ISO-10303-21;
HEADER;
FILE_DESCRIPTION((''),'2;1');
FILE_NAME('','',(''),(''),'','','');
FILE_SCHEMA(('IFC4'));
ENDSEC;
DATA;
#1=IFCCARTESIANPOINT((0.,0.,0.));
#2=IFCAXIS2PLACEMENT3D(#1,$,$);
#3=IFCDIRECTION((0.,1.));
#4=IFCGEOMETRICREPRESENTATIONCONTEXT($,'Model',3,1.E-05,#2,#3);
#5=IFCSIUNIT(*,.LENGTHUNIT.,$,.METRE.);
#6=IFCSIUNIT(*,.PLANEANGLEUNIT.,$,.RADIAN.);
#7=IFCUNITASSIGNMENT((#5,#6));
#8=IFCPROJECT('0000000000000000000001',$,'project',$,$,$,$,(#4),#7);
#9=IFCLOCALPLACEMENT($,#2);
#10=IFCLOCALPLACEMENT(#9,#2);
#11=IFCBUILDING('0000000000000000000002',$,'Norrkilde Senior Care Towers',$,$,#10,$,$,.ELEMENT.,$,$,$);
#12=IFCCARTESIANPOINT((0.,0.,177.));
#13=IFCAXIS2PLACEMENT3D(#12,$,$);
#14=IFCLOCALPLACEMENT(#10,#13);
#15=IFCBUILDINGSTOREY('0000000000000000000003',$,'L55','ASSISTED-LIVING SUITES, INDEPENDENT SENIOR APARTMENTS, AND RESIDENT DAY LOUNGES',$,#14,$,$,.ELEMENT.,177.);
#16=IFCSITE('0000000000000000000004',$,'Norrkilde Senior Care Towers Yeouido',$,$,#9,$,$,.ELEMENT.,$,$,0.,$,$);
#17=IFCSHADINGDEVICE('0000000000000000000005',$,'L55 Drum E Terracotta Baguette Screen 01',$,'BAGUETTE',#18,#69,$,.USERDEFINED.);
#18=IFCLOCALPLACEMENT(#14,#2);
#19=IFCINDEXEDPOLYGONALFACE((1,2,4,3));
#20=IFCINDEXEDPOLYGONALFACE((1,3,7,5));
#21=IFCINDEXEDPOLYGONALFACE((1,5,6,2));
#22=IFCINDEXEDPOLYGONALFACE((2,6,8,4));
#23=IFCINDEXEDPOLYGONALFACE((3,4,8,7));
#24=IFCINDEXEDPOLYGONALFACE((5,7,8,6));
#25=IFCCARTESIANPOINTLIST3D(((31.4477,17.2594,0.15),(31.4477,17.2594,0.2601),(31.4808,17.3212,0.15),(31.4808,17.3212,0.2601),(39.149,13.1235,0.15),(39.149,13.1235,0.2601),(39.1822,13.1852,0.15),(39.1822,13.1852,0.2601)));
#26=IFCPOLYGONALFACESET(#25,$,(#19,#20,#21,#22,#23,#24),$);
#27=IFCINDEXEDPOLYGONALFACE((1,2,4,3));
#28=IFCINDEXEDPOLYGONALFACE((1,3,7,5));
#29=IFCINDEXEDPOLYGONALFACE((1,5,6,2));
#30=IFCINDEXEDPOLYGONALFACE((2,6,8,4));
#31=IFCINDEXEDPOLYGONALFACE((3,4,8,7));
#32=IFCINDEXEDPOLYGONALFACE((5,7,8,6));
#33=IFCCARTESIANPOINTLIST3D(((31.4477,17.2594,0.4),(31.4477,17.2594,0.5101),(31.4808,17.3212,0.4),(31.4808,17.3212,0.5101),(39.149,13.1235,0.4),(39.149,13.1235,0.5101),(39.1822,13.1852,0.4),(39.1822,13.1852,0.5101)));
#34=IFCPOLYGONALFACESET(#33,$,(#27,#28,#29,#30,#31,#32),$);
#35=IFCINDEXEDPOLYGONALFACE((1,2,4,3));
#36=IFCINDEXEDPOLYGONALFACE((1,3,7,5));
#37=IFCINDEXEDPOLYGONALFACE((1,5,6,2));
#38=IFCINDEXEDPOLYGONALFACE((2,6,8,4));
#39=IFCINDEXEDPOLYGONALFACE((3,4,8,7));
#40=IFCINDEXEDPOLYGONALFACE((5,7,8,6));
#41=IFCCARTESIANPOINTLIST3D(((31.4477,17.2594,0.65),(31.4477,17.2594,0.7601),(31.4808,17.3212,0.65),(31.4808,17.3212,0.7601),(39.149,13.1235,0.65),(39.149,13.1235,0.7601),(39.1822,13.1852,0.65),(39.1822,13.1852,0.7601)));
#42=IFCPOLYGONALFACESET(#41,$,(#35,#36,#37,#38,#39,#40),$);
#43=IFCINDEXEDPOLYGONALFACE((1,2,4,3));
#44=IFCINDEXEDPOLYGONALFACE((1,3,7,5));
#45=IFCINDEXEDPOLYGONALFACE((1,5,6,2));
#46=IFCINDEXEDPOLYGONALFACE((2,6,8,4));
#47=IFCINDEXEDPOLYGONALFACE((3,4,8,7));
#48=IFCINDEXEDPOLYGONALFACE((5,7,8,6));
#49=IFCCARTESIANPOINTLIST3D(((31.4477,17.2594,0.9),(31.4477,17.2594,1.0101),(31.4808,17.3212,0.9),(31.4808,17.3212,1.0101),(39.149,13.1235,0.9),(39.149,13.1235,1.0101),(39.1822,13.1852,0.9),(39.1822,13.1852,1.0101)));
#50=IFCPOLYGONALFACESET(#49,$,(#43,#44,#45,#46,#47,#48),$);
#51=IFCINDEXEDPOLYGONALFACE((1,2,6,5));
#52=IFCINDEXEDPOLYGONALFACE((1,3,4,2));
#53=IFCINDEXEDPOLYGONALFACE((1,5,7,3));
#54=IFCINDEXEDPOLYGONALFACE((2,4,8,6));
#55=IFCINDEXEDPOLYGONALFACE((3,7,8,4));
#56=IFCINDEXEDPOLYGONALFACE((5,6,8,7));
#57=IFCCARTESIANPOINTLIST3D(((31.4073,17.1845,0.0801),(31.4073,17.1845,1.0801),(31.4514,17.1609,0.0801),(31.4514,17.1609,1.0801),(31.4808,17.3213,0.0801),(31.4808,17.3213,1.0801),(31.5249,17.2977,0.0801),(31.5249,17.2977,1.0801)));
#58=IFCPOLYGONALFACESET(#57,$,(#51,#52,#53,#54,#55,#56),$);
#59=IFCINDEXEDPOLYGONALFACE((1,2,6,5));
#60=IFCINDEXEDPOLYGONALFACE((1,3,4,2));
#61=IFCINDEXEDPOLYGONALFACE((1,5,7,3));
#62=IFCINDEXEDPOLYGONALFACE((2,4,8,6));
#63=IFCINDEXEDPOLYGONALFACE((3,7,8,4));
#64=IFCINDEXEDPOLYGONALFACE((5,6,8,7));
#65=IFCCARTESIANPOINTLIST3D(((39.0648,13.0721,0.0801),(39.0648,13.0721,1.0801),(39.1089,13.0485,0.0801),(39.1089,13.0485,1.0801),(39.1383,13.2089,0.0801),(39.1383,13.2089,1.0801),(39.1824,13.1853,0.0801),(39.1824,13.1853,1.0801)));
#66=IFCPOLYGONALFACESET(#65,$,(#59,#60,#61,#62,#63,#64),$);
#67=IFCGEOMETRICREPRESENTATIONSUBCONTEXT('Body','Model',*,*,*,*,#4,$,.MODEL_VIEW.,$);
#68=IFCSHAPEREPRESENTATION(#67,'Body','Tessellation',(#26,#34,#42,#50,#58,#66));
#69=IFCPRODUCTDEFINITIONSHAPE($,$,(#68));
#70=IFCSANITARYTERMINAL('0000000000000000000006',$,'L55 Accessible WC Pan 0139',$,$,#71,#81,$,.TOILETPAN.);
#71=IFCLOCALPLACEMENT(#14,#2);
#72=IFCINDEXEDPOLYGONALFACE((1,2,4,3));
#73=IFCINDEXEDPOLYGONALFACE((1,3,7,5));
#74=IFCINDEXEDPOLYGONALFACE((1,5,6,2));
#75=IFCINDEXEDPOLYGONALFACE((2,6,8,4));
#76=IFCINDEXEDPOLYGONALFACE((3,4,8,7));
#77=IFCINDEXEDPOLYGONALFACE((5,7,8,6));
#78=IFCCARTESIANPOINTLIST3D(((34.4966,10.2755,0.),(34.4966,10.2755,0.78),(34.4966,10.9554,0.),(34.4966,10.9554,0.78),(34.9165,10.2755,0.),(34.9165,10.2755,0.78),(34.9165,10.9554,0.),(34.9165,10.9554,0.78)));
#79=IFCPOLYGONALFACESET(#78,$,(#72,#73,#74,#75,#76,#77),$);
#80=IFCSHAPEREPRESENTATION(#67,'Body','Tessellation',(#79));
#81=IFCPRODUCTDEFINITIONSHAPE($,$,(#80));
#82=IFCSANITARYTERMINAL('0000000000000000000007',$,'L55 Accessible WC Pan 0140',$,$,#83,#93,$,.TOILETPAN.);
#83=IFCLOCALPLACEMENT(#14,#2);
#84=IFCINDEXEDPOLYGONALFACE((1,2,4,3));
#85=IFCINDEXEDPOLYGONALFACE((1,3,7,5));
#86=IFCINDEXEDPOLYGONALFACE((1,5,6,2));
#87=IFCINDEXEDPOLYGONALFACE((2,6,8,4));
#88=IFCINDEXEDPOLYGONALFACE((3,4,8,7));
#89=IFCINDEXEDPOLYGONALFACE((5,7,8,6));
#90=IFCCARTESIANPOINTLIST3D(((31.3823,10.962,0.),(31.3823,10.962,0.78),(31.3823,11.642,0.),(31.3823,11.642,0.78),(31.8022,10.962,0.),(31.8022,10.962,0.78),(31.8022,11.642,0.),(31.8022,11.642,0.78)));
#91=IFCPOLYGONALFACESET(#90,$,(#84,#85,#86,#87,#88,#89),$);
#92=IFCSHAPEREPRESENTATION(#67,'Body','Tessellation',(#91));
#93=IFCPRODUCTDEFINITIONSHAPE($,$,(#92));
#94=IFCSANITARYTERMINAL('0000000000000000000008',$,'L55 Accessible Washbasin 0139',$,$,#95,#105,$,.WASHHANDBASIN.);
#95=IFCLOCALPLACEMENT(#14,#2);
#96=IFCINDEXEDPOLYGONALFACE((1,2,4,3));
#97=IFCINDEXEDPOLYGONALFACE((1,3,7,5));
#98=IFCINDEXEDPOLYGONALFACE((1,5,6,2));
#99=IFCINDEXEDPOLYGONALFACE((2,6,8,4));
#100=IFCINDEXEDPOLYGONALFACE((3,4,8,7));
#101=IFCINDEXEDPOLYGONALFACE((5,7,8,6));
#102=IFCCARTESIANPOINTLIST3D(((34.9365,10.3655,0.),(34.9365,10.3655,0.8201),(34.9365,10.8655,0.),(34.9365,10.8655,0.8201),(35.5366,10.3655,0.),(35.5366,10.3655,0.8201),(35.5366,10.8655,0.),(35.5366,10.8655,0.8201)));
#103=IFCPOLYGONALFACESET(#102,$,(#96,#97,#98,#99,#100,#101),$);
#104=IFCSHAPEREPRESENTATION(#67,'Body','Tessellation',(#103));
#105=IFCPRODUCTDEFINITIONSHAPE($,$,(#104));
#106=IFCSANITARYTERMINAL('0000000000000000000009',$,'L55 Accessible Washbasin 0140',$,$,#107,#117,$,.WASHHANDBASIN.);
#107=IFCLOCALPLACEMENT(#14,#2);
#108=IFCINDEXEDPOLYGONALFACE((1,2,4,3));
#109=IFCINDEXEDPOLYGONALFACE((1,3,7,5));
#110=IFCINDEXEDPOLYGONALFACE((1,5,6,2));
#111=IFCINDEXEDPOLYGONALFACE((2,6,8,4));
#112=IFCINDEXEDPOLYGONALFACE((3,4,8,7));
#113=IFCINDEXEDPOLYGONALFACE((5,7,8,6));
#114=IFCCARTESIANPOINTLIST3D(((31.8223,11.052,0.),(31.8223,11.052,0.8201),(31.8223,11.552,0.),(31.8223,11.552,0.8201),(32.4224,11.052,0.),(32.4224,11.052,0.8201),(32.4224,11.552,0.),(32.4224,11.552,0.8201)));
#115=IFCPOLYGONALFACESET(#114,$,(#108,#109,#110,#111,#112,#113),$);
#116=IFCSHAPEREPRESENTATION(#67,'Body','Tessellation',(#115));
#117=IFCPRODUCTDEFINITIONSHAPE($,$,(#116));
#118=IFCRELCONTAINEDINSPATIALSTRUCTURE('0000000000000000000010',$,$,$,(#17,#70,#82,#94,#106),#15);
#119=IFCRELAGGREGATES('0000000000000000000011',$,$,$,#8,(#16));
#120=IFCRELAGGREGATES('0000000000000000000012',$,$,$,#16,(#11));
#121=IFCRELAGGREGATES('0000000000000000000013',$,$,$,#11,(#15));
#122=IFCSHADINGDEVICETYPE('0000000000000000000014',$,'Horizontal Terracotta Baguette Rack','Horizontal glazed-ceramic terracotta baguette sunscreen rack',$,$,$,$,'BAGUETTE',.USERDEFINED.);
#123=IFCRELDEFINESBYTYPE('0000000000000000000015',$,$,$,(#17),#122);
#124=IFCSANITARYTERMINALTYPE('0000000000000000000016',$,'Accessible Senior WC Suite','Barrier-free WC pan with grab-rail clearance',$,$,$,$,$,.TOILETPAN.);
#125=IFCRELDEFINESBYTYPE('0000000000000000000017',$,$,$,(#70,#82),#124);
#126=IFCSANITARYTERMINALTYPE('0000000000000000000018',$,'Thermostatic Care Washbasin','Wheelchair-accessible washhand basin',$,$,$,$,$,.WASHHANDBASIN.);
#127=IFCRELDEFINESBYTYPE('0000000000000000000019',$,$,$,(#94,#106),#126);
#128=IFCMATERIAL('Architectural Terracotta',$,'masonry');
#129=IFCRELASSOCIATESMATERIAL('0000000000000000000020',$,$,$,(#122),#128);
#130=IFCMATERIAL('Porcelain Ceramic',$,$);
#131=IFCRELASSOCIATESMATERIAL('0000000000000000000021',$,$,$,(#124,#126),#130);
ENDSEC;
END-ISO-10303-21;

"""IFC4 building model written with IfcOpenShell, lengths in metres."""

from ifc_helpers import new_model, si_unit, direction, frame, origin, origin_2d, place, context, subcontext, project, spatial, rectangle, extrude, source, transform, mapped, material, type_object, type_shapes, element, save


model = new_model("IFC4")

# Units and contexts
model_context = context("Model", 3, precision=1e-05, world=origin(), true_north=direction((0.0, 1.0)))
body_context = subcontext(model_context, "Body", "Model", "MODEL_VIEW")
ifc_project = project(units=[si_unit("LENGTHUNIT", "METRE"), si_unit("PLANEANGLEUNIT", "RADIAN")], contexts=[model_context])

# Site, building, storey
site_placement = place(None, origin())
site = spatial("IfcSite", under=ifc_project, at=site_placement, Name="Norrkilde Senior Care Towers Yeouido", CompositionType="ELEMENT", RefElevation=0.0)
building_placement = place(site_placement, origin())
building = spatial("IfcBuilding", under=site, at=building_placement, Name="Norrkilde Senior Care Towers", CompositionType="ELEMENT")
storey_placement = place(building_placement, frame((0.0, 0.0, 177.0)))
storey = spatial("IfcBuildingStorey", under=building, at=storey_placement, Name="L55", Description="ASSISTED-LIVING SUITES, INDEPENDENT SENIOR APARTMENTS, AND RESIDENT DAY LOUNGES", CompositionType="ELEMENT", Elevation=177.0)

# Shading device
ifc_material_1 = material(Name="Architectural Terracotta", Category="masonry")
shading_device_type = type_object("IfcShadingDeviceType", Name="Horizontal Terracotta Baguette Rack", Description="Horizontal glazed-ceramic terracotta baguette sunscreen rack", ElementType="BAGUETTE", PredefinedType="USERDEFINED", material=ifc_material_1)
shared_shape_1 = source(origin(), body_context, "Body", "SweptSolid", [
    extrude(rectangle(XDim=0.0701, YDim=0.1101, at=origin_2d()), frame((0.0, 0.0901, 0.125), z_axis=(1.0, 0.0, 0.0), x_axis=(0.0, 1.0, 0.0)), (0.0, 0.0, 1.0), 8.7417),
    extrude(rectangle(XDim=0.0701, YDim=0.1101, at=origin_2d()), frame((0.0, 0.0901, 0.375), z_axis=(1.0, 0.0, 0.0), x_axis=(0.0, 1.0, 0.0)), (0.0, 0.0, 1.0), 8.7417),
    extrude(rectangle(XDim=0.0701, YDim=0.1101, at=origin_2d()), frame((0.0, 0.0901, 0.625), z_axis=(1.0, 0.0, 0.0), x_axis=(0.0, 1.0, 0.0)), (0.0, 0.0, 1.0), 8.7417),
    extrude(rectangle(XDim=0.0701, YDim=0.1101, at=origin_2d()), frame((0.0, 0.0901, 0.875), z_axis=(1.0, 0.0, 0.0), x_axis=(0.0, 1.0, 0.0)), (0.0, 0.0, 1.0), 8.7417),
    extrude(rectangle(XDim=0.05, YDim=0.1553, at=origin_2d()), frame((0.0249, 0.0476, 0.0)), (0.0, 0.0, 1.0), 1.0),
    extrude(rectangle(XDim=0.05, YDim=0.1553, at=origin_2d()), frame((8.7168, 0.0476, 0.0)), (0.0, 0.0, 1.0), 1.0),
])
type_shapes(shading_device_type, [shared_shape_1])
shading_device_placement = place(storey_placement, frame((31.4216, 17.2109, 0.0801), z_axis=(0.0, 0.0, 1.0), x_axis=(0.880998, -0.473133, 0.0)))
element("IfcShadingDevice", 1, at=shading_device_placement, inside=storey, type_object=shading_device_type, Name="L55 Drum E Terracotta Baguette Screen 01", ObjectType="BAGUETTE", PredefinedType="USERDEFINED", context=body_context, shape_type="MappedRepresentation", body=[
    mapped(shared_shape_1, transform((0.0, 0.0, 0.0), x_axis=(1.0, 0.0, 0.0), y_axis=(0.0, 1.0, 0.0), z_axis=(0.0, 0.0, 1.0), scale=1.0)),
])

# Sanitary terminals
ifc_material_2 = material(Name="Porcelain Ceramic")
sanitary_terminal_type_1 = type_object("IfcSanitaryTerminalType", Name="Accessible Senior WC Suite", Description="Barrier-free WC pan with grab-rail clearance", PredefinedType="TOILETPAN", material=ifc_material_2)
shared_shape_2 = source(origin(), body_context, "Body", "SweptSolid", [
    extrude(rectangle(XDim=0.4199, YDim=0.6799, at=origin_2d()), origin(), (0.0, 0.0, 1.0), 0.78),
])
type_shapes(sanitary_terminal_type_1, [shared_shape_2])
for number, where, z_axis, x_axis, name in (
    (2, (34.7065, 10.6155, 0.0), (0.0, 0.0, 1.0), (1.0, 0.0, 0.0), "L55 Accessible WC Pan 0139"),
    (3, (31.5923, 11.302, 0.0), (0.0, 0.0, 1.0), (1.0, 0.0, 0.0), "L55 Accessible WC Pan 0140"),
):
    element("IfcSanitaryTerminal", number, at=place(storey_placement, frame(where, z_axis=z_axis, x_axis=x_axis)), inside=storey, type_object=sanitary_terminal_type_1, Name=name, PredefinedType="TOILETPAN", context=body_context, shape_type="MappedRepresentation", body=[
        mapped(shared_shape_2, transform((0.0, 0.0, 0.0), x_axis=(1.0, 0.0, 0.0), y_axis=(0.0, 1.0, 0.0), z_axis=(0.0, 0.0, 1.0), scale=1.0)),
    ])
sanitary_terminal_type_2 = type_object("IfcSanitaryTerminalType", Name="Thermostatic Care Washbasin", Description="Wheelchair-accessible washhand basin", PredefinedType="WASHHANDBASIN", material=ifc_material_2)
shared_shape_3 = source(origin(), body_context, "Body", "SweptSolid", [
    extrude(rectangle(XDim=0.6001, YDim=0.5, at=origin_2d()), origin(), (0.0, 0.0, 1.0), 0.8201),
])
type_shapes(sanitary_terminal_type_2, [shared_shape_3])
for number, where, z_axis, x_axis, name in (
    (4, (35.2366, 10.6155, 0.0), (0.0, 0.0, 1.0), (1.0, 0.0, 0.0), "L55 Accessible Washbasin 0139"),
    (5, (32.1223, 11.302, 0.0), (0.0, 0.0, 1.0), (1.0, 0.0, 0.0), "L55 Accessible Washbasin 0140"),
):
    element("IfcSanitaryTerminal", number, at=place(storey_placement, frame(where, z_axis=z_axis, x_axis=x_axis)), inside=storey, type_object=sanitary_terminal_type_2, Name=name, PredefinedType="WASHHANDBASIN", context=body_context, shape_type="MappedRepresentation", body=[
        mapped(shared_shape_3, transform((0.0, 0.0, 0.0), x_axis=(1.0, 0.0, 0.0), y_axis=(0.0, 1.0, 0.0), z_axis=(0.0, 0.0, 1.0), scale=1.0)),
    ])

save(model, "model.ifc")
